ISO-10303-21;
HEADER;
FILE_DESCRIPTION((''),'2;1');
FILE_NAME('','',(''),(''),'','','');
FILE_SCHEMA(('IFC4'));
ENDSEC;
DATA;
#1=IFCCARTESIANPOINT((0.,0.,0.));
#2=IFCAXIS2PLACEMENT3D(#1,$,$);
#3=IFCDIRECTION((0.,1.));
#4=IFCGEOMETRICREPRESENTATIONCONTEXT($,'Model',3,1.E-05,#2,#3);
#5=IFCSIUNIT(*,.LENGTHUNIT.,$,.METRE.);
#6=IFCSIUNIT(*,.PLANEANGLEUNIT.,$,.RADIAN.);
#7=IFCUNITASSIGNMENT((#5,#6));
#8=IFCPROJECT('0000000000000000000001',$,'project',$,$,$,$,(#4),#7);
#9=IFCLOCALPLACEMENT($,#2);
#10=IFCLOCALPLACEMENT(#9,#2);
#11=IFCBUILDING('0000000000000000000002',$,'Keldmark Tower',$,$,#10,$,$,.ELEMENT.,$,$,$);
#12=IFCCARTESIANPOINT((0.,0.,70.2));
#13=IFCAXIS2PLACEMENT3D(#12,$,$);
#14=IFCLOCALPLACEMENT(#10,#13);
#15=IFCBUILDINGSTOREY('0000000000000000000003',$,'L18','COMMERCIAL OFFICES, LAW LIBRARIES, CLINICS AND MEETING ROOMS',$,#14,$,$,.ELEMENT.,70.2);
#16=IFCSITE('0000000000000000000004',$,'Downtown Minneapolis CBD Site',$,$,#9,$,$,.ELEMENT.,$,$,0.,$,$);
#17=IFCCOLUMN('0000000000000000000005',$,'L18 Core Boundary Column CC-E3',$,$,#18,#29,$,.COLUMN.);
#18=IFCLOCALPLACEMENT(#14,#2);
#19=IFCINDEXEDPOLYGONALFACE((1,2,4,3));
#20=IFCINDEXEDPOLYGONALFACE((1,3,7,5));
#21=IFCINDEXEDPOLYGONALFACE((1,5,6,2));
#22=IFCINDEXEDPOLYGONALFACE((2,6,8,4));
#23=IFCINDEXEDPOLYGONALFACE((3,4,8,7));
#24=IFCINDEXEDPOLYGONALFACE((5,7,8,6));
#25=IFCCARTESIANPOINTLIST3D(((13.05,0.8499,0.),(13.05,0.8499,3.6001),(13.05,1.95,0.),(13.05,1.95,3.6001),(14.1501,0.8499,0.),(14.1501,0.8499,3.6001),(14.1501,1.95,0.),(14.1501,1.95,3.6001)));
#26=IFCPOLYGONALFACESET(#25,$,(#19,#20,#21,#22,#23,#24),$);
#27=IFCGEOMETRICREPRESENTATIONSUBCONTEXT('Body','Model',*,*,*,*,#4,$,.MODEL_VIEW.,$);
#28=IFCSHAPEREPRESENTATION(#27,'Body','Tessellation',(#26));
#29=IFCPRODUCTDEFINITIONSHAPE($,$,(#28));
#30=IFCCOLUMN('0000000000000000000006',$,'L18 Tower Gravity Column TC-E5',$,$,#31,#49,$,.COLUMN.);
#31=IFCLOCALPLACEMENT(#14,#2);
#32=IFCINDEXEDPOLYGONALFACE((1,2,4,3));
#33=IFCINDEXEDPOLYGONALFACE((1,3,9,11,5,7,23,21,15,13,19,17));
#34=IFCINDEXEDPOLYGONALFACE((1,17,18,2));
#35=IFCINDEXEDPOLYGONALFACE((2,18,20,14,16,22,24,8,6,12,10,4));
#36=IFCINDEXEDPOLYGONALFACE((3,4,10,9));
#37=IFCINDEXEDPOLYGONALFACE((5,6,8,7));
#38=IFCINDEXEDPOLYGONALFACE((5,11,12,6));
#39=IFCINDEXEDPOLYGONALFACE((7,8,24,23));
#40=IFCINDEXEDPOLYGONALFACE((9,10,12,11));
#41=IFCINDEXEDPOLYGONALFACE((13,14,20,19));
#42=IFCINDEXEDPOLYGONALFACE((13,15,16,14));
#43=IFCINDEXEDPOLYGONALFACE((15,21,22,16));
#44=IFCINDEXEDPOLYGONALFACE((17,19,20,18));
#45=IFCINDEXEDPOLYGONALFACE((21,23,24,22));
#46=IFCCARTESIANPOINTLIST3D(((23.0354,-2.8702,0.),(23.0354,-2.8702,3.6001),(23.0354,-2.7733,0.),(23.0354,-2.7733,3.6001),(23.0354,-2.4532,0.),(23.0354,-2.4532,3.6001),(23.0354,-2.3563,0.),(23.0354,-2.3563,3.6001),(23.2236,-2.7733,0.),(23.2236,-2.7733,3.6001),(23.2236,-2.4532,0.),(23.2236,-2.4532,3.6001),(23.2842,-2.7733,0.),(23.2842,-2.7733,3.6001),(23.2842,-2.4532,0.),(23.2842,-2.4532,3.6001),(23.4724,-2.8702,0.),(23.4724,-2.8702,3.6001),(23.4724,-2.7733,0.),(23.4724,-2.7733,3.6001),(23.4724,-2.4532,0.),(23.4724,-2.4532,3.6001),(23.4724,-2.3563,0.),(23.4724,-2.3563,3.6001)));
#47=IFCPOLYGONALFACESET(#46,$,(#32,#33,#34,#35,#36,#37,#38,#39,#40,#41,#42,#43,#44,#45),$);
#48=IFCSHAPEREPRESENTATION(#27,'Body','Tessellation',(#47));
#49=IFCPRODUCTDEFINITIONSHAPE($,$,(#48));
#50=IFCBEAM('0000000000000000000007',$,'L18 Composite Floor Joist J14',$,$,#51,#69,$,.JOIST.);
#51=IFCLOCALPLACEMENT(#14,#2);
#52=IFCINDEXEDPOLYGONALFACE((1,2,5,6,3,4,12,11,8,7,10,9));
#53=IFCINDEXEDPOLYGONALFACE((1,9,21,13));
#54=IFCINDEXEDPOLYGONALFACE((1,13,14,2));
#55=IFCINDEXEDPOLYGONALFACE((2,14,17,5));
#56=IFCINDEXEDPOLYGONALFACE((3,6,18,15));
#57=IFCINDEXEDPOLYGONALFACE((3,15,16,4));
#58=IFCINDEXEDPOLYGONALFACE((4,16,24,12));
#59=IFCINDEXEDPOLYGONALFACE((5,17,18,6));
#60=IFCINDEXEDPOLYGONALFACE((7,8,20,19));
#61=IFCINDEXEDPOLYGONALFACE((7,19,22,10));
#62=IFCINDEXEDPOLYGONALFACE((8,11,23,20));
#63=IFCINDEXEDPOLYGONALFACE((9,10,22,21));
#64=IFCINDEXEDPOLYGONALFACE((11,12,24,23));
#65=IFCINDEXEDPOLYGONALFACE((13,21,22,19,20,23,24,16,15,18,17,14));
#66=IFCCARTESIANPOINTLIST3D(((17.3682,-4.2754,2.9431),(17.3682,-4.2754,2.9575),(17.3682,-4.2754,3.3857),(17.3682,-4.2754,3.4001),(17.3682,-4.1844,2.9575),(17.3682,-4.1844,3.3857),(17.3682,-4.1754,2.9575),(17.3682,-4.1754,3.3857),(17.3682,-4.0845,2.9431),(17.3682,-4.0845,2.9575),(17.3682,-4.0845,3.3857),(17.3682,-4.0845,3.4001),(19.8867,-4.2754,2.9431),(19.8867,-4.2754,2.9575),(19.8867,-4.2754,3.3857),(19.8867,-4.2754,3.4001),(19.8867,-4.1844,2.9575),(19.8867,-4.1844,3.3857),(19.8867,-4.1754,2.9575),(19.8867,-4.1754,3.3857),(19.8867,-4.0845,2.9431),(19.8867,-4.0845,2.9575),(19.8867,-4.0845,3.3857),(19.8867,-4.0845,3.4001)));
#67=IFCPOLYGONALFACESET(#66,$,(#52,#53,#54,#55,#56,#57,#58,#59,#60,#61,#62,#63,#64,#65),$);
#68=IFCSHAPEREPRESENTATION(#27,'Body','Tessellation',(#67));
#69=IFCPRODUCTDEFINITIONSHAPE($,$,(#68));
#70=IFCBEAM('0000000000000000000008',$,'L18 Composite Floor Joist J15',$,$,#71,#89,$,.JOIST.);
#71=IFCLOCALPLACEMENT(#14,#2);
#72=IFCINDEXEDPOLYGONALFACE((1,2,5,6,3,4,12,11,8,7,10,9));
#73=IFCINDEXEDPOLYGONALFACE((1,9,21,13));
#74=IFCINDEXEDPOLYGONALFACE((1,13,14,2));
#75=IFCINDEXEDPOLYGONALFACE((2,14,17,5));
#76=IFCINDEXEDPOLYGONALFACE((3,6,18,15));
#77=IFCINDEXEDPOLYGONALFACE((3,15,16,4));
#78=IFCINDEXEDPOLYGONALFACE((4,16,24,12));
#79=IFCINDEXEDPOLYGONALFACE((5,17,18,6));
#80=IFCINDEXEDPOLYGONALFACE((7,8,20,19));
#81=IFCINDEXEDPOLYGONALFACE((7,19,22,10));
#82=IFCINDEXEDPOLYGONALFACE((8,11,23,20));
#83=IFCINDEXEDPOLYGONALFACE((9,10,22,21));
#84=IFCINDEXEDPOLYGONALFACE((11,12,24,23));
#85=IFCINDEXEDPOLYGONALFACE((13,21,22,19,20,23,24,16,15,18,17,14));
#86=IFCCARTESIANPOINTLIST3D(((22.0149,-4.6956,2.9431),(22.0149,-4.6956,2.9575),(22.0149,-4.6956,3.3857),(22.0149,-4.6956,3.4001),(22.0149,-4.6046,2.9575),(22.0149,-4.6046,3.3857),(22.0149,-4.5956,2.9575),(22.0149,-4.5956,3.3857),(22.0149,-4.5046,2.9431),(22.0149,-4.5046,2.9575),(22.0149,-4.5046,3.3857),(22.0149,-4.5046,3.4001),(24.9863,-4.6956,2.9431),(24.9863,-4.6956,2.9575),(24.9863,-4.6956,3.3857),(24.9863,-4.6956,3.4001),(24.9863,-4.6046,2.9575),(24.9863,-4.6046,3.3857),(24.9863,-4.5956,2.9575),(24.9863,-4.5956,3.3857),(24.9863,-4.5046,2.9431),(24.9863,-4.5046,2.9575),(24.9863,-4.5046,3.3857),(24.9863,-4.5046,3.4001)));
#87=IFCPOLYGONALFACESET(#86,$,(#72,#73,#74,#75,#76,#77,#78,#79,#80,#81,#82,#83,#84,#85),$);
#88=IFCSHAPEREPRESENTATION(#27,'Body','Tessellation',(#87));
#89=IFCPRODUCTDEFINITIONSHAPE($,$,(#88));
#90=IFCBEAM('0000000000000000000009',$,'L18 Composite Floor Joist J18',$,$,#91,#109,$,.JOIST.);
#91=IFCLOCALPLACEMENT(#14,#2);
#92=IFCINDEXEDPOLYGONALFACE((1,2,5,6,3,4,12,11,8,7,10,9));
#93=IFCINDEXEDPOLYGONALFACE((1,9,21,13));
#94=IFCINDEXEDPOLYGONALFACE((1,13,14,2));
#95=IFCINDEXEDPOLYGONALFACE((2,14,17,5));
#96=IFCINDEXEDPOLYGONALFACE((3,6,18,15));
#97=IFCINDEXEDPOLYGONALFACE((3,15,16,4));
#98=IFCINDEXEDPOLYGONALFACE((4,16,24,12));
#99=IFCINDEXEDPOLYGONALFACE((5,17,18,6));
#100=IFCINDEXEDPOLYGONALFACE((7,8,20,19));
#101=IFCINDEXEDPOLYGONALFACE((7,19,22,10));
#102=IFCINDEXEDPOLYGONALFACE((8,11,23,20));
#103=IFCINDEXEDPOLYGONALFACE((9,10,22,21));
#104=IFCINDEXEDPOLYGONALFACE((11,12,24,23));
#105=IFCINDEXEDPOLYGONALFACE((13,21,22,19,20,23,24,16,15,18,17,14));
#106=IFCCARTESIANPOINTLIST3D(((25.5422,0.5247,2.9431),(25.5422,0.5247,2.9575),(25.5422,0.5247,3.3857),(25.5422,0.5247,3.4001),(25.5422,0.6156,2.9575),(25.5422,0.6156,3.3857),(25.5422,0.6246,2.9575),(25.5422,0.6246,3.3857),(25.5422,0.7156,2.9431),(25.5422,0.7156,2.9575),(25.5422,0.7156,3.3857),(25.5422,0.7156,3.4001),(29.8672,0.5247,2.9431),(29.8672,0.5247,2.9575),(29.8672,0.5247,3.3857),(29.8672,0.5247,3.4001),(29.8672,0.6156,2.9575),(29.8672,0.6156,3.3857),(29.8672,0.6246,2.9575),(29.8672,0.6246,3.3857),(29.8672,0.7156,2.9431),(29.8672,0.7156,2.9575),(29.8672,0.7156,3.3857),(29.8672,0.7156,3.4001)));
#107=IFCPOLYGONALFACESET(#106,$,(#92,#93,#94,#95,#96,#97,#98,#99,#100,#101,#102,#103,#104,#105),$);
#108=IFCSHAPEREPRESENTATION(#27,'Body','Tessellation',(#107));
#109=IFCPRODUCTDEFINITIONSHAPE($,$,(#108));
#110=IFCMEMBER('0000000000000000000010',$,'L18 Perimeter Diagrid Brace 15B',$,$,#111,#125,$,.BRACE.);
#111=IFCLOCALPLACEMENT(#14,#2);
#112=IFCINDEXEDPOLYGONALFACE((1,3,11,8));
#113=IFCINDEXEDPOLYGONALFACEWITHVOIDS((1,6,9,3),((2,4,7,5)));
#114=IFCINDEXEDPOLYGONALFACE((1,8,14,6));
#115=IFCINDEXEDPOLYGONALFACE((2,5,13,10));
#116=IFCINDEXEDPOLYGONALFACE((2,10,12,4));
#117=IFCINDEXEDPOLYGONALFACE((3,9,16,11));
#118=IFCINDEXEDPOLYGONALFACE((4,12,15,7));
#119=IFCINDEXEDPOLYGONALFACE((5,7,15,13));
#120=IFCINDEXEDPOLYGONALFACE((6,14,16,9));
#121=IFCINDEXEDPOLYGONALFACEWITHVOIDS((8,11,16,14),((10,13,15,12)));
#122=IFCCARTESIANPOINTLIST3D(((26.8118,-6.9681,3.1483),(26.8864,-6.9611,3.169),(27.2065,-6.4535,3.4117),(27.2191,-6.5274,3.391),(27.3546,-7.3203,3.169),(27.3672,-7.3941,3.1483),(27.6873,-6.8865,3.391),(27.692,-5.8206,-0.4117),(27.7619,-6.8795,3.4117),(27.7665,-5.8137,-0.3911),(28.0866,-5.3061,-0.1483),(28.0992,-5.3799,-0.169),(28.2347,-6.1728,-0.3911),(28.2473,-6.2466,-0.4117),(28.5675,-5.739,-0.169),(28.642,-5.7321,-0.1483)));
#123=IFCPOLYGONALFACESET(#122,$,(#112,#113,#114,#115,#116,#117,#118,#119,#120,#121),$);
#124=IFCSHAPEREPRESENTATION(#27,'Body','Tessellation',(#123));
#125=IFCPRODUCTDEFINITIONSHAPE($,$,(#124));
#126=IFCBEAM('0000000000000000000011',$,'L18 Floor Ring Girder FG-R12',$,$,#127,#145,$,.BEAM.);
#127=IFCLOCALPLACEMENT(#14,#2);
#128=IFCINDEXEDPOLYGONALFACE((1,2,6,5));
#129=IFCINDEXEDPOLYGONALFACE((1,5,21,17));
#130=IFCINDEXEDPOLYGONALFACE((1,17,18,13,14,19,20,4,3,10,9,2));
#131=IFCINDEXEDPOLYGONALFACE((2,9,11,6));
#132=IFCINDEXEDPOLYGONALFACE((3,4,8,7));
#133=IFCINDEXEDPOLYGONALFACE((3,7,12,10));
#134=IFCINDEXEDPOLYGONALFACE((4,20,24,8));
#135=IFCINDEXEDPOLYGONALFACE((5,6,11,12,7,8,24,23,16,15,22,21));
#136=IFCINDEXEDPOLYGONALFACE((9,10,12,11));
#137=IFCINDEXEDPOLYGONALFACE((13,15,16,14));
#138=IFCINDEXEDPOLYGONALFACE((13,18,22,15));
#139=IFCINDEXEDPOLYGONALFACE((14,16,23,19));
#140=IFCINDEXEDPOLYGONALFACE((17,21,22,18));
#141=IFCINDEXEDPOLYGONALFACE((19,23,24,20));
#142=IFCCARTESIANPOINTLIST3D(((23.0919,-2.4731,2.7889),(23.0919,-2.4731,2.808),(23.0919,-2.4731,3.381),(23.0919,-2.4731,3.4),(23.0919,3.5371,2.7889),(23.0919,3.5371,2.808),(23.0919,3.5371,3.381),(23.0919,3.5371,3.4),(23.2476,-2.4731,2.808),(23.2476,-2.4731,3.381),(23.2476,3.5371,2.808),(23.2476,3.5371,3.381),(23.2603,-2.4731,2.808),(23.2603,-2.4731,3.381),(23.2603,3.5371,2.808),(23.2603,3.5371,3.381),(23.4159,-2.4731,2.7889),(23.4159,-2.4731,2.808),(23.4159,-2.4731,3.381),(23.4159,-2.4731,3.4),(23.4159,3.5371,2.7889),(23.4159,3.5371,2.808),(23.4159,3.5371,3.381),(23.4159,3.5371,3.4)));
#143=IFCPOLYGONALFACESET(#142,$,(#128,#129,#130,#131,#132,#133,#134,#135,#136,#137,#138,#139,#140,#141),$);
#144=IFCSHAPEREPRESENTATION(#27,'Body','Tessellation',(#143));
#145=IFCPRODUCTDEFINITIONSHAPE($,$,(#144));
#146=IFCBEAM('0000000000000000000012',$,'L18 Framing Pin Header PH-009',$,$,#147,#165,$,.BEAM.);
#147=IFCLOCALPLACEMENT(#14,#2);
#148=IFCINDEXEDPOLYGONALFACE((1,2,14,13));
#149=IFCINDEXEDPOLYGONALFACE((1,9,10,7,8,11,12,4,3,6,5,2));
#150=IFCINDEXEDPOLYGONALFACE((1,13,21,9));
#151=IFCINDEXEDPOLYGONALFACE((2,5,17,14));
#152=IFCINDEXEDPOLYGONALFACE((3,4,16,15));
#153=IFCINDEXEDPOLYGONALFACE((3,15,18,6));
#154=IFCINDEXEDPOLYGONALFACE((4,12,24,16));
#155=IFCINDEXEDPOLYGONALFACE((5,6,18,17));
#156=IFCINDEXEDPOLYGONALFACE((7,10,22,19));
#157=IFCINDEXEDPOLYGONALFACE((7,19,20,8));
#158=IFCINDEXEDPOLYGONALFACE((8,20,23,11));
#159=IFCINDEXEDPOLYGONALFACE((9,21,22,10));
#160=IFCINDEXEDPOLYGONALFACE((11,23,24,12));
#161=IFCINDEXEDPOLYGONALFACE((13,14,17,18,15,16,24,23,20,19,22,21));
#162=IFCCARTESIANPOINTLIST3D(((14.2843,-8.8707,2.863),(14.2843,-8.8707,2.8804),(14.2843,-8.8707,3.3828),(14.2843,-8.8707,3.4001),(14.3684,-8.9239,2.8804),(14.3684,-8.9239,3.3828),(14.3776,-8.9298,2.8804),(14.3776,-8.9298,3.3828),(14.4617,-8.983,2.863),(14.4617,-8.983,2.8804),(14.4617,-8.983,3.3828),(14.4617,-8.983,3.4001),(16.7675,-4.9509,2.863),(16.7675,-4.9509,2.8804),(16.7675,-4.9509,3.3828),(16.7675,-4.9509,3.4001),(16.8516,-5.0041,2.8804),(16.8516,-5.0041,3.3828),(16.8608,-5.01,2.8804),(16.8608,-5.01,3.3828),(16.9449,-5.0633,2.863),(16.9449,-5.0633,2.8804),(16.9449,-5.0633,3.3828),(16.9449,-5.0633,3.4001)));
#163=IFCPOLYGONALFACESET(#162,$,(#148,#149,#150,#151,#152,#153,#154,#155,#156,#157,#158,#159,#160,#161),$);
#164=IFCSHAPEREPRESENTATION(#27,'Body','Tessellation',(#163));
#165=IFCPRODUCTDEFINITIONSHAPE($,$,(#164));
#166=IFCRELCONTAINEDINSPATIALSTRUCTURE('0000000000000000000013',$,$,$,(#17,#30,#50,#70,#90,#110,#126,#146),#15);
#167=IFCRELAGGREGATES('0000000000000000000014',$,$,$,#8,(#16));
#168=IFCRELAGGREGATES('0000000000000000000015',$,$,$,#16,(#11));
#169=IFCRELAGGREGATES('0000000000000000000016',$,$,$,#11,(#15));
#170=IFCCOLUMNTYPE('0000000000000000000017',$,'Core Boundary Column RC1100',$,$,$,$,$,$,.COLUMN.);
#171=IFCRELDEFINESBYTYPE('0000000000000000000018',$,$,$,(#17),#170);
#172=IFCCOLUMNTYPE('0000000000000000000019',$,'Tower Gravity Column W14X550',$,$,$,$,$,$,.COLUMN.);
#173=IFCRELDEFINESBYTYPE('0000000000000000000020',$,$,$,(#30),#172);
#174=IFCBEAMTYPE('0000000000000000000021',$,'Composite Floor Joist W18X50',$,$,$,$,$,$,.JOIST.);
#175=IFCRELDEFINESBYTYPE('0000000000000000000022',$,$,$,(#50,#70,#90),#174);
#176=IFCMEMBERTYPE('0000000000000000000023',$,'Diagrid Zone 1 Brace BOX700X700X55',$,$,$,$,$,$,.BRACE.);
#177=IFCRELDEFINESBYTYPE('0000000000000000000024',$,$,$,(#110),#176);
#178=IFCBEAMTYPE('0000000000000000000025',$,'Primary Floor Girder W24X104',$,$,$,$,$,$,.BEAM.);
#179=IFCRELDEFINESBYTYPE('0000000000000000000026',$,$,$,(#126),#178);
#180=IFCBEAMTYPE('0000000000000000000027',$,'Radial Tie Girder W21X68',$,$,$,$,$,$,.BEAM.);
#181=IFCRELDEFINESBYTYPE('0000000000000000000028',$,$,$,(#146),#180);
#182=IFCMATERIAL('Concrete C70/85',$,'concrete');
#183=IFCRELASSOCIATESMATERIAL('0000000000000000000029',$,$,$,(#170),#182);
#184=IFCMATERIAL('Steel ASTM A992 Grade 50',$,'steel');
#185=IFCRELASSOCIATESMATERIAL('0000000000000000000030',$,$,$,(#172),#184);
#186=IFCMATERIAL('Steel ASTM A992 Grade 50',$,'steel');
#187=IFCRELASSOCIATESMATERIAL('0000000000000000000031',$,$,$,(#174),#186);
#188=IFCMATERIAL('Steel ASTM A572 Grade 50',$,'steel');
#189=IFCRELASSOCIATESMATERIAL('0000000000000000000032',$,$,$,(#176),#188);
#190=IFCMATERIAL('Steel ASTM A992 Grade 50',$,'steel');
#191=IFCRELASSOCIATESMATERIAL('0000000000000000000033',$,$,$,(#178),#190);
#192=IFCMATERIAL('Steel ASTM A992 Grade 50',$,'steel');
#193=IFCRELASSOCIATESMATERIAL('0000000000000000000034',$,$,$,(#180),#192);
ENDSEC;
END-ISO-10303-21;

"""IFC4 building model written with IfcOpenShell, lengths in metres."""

from ifc_helpers import new_model, si_unit, direction, frame, origin, origin_2d, place, context, subcontext, project, spatial, rectangle, hollow_rectangle, i_section, extrude, material, material_profile, profile_set, type_object, element, save


model = new_model("IFC4")

# Units and contexts
model_context = context("Model", 3, precision=1e-05, world=origin(), true_north=direction((0.0, 1.0)))
body_context = subcontext(model_context, "Body", "Model", "MODEL_VIEW")
ifc_project = project(units=[si_unit("LENGTHUNIT", "METRE"), si_unit("PLANEANGLEUNIT", "RADIAN")], contexts=[model_context])

# Site, building, storey
site_placement = place(None, origin())
site = spatial("IfcSite", under=ifc_project, at=site_placement, Name="Downtown Minneapolis CBD Site", CompositionType="ELEMENT", RefElevation=0.0)
building_placement = place(site_placement, origin())
building = spatial("IfcBuilding", under=site, at=building_placement, Name="Keldmark Tower", CompositionType="ELEMENT")
storey_placement = place(building_placement, frame((0.0, 0.0, 70.2)))
storey = spatial("IfcBuildingStorey", under=building, at=storey_placement, Name="L18", Description="COMMERCIAL OFFICES, LAW LIBRARIES, CLINICS AND MEETING ROOMS", CompositionType="ELEMENT", Elevation=70.2)

# Columns
ifc_material_1 = material(Name="Concrete C70/85", Category="concrete")
ifc_material_profile_1 = material_profile(ifc_material_1, rectangle(XDim=1.1001, YDim=1.1001, at=origin_2d()), Name="RC1100X1100")
ifc_profile_set_1 = profile_set([ifc_material_profile_1], Name="Concrete C70/85")
column_type_1 = type_object("IfcColumnType", Name="Core Boundary Column RC1100", PredefinedType="COLUMN", material=ifc_profile_set_1)
column_1_placement = place(storey_placement, frame((13.6001, 1.3999, 0.0), z_axis=(0.0, 0.0, 1.0), x_axis=(1.0, 0.0, 0.0)))
element("IfcColumn", 1, at=column_1_placement, inside=storey, type_object=column_type_1, Name="L18 Core Boundary Column CC-E3", PredefinedType="COLUMN", context=body_context, shape_type="SweptSolid", body=[
    extrude(rectangle(XDim=1.1001, YDim=1.1001, at=origin_2d()), origin(), (0.0, 0.0, 1.0), 3.6001),
])
ifc_material_2 = material(Name="Steel ASTM A992 Grade 50", Category="steel")
ifc_material_profile_2 = material_profile(ifc_material_2, i_section(OverallWidth=0.437, OverallDepth=0.5139, WebThickness=0.0605, FlangeThickness=0.0969, at=origin_2d()), Name="W14X550")
ifc_profile_set_2 = profile_set([ifc_material_profile_2], Name="Steel ASTM A992 Grade 50")
column_type_2 = type_object("IfcColumnType", Name="Tower Gravity Column W14X550", PredefinedType="COLUMN", material=ifc_profile_set_2)
column_2_placement = place(storey_placement, frame((23.2539, -2.6133, 0.0), z_axis=(0.0, 0.0, 1.0), x_axis=(1.0, 0.0, 0.0)))
element("IfcColumn", 2, at=column_2_placement, inside=storey, type_object=column_type_2, Name="L18 Tower Gravity Column TC-E5", PredefinedType="COLUMN", context=body_context, shape_type="SweptSolid", body=[
    extrude(i_section(OverallWidth=0.437, OverallDepth=0.5139, WebThickness=0.0605, FlangeThickness=0.0969, at=origin_2d()), origin(), (0.0, 0.0, 1.0), 3.6001),
])

# Beams
ifc_material_3 = material(Name="Steel ASTM A992 Grade 50", Category="steel")
ifc_material_profile_3 = material_profile(ifc_material_3, i_section(OverallWidth=0.1909, OverallDepth=0.457, WebThickness=0.009, FlangeThickness=0.0144, at=origin_2d()), Name="W18X50")
ifc_profile_set_3 = profile_set([ifc_material_profile_3], Name="Steel ASTM A992 Grade 50")
beam_type_1 = type_object("IfcBeamType", Name="Composite Floor Joist W18X50", PredefinedType="JOIST", material=ifc_profile_set_3)
beam_1_placement = place(storey_placement, frame((17.3682, -4.1799, 3.1716), z_axis=(1.0, 0.0, 0.0), x_axis=(0.0, 1.0, 0.0)))
element("IfcBeam", 3, at=beam_1_placement, inside=storey, type_object=beam_type_1, Name="L18 Composite Floor Joist J14", PredefinedType="JOIST", context=body_context, shape_type="SweptSolid", body=[
    extrude(i_section(OverallWidth=0.1909, OverallDepth=0.457, WebThickness=0.009, FlangeThickness=0.0144, at=origin_2d()), origin(), (0.0, 0.0, 1.0), 2.5186),
])
beam_2_placement = place(storey_placement, frame((22.0149, -4.6001, 3.1716), z_axis=(1.0, 0.0, 0.0), x_axis=(0.0, 1.0, 0.0)))
element("IfcBeam", 4, at=beam_2_placement, inside=storey, type_object=beam_type_1, Name="L18 Composite Floor Joist J15", PredefinedType="JOIST", context=body_context, shape_type="SweptSolid", body=[
    extrude(i_section(OverallWidth=0.1909, OverallDepth=0.457, WebThickness=0.009, FlangeThickness=0.0144, at=origin_2d()), origin(), (0.0, 0.0, 1.0), 2.9714),
])
beam_3_placement = place(storey_placement, frame((25.5422, 0.6201, 3.1716), z_axis=(1.0, 0.0, 0.0), x_axis=(0.0, 1.0, 0.0)))
element("IfcBeam", 5, at=beam_3_placement, inside=storey, type_object=beam_type_1, Name="L18 Composite Floor Joist J18", PredefinedType="JOIST", context=body_context, shape_type="SweptSolid", body=[
    extrude(i_section(OverallWidth=0.1909, OverallDepth=0.457, WebThickness=0.009, FlangeThickness=0.0144, at=origin_2d()), origin(), (0.0, 0.0, 1.0), 4.325),
])

# Member
ifc_material_4 = material(Name="Steel ASTM A572 Grade 50", Category="steel")
ifc_material_profile_4 = material_profile(ifc_material_4, hollow_rectangle(XDim=0.7, YDim=0.7, WallThickness=0.0549, at=origin_2d()), Name="BOX700X700X55")
ifc_profile_set_4 = profile_set([ifc_material_profile_4], Name="Steel ASTM A572 Grade 50")
member_type = type_object("IfcMemberType", Name="Diagrid Zone 1 Brace BOX700X700X55", PredefinedType="BRACE", material=ifc_profile_set_4)
member_placement = place(storey_placement, frame((28.167, -5.7764, -0.28), z_axis=(-0.229047, -0.298618, 0.92648), x_axis=(0.79347, -0.608609, 0.0)))
element("IfcMember", 6, at=member_placement, inside=storey, type_object=member_type, Name="L18 Perimeter Diagrid Brace 15B", PredefinedType="BRACE", context=body_context, shape_type="SweptSolid", body=[
    extrude(hollow_rectangle(XDim=0.7, YDim=0.7, WallThickness=0.0549, at=origin_2d()), origin(), (0.0, 0.0, 1.0), 3.8425),
])

# Beams
ifc_material_5 = material(Name="Steel ASTM A992 Grade 50", Category="steel")
ifc_material_profile_5 = material_profile(ifc_material_5, i_section(OverallWidth=0.324, OverallDepth=0.6111, WebThickness=0.0127, FlangeThickness=0.019, at=origin_2d()), Name="W24X104")
ifc_profile_set_5 = profile_set([ifc_material_profile_5], Name="Steel ASTM A992 Grade 50")
beam_type_2 = type_object("IfcBeamType", Name="Primary Floor Girder W24X104", PredefinedType="BEAM", material=ifc_profile_set_5)
beam_4_placement = place(storey_placement, frame((23.2539, -2.4731, 3.0945), z_axis=(0.0, 1.0, 0.0), x_axis=(-1.0, 0.0, 0.0)))
element("IfcBeam", 7, at=beam_4_placement, inside=storey, type_object=beam_type_2, Name="L18 Floor Ring Girder FG-R12", PredefinedType="BEAM", context=body_context, shape_type="SweptSolid", body=[
    extrude(i_section(OverallWidth=0.324, OverallDepth=0.6111, WebThickness=0.0127, FlangeThickness=0.019, at=origin_2d()), origin(), (0.0, 0.0, 1.0), 6.0103),
])
ifc_material_6 = material(Name="Steel ASTM A992 Grade 50", Category="steel")
ifc_material_profile_6 = material_profile(ifc_material_6, i_section(OverallWidth=0.21, OverallDepth=0.5371, WebThickness=0.011, FlangeThickness=0.0173, at=origin_2d()), Name="W21X68")
ifc_profile_set_6 = profile_set([ifc_material_profile_6], Name="Steel ASTM A992 Grade 50")
beam_type_3 = type_object("IfcBeamType", Name="Radial Tie Girder W21X68", PredefinedType="BEAM", material=ifc_profile_set_6)
beam_5_placement = place(storey_placement, frame((16.8562, -5.0071, 3.1316), z_axis=(-0.535158, -0.844752, 0.0), x_axis=(0.844752, -0.535158, 0.0)))
element("IfcBeam", 8, at=beam_5_placement, inside=storey, type_object=beam_type_3, Name="L18 Framing Pin Header PH-009", PredefinedType="BEAM", context=body_context, shape_type="SweptSolid", body=[
    extrude(i_section(OverallWidth=0.21, OverallDepth=0.5371, WebThickness=0.011, FlangeThickness=0.0173, at=origin_2d()), origin(), (0.0, 0.0, 1.0), 4.6401),
])

save(model, "model.ifc")
